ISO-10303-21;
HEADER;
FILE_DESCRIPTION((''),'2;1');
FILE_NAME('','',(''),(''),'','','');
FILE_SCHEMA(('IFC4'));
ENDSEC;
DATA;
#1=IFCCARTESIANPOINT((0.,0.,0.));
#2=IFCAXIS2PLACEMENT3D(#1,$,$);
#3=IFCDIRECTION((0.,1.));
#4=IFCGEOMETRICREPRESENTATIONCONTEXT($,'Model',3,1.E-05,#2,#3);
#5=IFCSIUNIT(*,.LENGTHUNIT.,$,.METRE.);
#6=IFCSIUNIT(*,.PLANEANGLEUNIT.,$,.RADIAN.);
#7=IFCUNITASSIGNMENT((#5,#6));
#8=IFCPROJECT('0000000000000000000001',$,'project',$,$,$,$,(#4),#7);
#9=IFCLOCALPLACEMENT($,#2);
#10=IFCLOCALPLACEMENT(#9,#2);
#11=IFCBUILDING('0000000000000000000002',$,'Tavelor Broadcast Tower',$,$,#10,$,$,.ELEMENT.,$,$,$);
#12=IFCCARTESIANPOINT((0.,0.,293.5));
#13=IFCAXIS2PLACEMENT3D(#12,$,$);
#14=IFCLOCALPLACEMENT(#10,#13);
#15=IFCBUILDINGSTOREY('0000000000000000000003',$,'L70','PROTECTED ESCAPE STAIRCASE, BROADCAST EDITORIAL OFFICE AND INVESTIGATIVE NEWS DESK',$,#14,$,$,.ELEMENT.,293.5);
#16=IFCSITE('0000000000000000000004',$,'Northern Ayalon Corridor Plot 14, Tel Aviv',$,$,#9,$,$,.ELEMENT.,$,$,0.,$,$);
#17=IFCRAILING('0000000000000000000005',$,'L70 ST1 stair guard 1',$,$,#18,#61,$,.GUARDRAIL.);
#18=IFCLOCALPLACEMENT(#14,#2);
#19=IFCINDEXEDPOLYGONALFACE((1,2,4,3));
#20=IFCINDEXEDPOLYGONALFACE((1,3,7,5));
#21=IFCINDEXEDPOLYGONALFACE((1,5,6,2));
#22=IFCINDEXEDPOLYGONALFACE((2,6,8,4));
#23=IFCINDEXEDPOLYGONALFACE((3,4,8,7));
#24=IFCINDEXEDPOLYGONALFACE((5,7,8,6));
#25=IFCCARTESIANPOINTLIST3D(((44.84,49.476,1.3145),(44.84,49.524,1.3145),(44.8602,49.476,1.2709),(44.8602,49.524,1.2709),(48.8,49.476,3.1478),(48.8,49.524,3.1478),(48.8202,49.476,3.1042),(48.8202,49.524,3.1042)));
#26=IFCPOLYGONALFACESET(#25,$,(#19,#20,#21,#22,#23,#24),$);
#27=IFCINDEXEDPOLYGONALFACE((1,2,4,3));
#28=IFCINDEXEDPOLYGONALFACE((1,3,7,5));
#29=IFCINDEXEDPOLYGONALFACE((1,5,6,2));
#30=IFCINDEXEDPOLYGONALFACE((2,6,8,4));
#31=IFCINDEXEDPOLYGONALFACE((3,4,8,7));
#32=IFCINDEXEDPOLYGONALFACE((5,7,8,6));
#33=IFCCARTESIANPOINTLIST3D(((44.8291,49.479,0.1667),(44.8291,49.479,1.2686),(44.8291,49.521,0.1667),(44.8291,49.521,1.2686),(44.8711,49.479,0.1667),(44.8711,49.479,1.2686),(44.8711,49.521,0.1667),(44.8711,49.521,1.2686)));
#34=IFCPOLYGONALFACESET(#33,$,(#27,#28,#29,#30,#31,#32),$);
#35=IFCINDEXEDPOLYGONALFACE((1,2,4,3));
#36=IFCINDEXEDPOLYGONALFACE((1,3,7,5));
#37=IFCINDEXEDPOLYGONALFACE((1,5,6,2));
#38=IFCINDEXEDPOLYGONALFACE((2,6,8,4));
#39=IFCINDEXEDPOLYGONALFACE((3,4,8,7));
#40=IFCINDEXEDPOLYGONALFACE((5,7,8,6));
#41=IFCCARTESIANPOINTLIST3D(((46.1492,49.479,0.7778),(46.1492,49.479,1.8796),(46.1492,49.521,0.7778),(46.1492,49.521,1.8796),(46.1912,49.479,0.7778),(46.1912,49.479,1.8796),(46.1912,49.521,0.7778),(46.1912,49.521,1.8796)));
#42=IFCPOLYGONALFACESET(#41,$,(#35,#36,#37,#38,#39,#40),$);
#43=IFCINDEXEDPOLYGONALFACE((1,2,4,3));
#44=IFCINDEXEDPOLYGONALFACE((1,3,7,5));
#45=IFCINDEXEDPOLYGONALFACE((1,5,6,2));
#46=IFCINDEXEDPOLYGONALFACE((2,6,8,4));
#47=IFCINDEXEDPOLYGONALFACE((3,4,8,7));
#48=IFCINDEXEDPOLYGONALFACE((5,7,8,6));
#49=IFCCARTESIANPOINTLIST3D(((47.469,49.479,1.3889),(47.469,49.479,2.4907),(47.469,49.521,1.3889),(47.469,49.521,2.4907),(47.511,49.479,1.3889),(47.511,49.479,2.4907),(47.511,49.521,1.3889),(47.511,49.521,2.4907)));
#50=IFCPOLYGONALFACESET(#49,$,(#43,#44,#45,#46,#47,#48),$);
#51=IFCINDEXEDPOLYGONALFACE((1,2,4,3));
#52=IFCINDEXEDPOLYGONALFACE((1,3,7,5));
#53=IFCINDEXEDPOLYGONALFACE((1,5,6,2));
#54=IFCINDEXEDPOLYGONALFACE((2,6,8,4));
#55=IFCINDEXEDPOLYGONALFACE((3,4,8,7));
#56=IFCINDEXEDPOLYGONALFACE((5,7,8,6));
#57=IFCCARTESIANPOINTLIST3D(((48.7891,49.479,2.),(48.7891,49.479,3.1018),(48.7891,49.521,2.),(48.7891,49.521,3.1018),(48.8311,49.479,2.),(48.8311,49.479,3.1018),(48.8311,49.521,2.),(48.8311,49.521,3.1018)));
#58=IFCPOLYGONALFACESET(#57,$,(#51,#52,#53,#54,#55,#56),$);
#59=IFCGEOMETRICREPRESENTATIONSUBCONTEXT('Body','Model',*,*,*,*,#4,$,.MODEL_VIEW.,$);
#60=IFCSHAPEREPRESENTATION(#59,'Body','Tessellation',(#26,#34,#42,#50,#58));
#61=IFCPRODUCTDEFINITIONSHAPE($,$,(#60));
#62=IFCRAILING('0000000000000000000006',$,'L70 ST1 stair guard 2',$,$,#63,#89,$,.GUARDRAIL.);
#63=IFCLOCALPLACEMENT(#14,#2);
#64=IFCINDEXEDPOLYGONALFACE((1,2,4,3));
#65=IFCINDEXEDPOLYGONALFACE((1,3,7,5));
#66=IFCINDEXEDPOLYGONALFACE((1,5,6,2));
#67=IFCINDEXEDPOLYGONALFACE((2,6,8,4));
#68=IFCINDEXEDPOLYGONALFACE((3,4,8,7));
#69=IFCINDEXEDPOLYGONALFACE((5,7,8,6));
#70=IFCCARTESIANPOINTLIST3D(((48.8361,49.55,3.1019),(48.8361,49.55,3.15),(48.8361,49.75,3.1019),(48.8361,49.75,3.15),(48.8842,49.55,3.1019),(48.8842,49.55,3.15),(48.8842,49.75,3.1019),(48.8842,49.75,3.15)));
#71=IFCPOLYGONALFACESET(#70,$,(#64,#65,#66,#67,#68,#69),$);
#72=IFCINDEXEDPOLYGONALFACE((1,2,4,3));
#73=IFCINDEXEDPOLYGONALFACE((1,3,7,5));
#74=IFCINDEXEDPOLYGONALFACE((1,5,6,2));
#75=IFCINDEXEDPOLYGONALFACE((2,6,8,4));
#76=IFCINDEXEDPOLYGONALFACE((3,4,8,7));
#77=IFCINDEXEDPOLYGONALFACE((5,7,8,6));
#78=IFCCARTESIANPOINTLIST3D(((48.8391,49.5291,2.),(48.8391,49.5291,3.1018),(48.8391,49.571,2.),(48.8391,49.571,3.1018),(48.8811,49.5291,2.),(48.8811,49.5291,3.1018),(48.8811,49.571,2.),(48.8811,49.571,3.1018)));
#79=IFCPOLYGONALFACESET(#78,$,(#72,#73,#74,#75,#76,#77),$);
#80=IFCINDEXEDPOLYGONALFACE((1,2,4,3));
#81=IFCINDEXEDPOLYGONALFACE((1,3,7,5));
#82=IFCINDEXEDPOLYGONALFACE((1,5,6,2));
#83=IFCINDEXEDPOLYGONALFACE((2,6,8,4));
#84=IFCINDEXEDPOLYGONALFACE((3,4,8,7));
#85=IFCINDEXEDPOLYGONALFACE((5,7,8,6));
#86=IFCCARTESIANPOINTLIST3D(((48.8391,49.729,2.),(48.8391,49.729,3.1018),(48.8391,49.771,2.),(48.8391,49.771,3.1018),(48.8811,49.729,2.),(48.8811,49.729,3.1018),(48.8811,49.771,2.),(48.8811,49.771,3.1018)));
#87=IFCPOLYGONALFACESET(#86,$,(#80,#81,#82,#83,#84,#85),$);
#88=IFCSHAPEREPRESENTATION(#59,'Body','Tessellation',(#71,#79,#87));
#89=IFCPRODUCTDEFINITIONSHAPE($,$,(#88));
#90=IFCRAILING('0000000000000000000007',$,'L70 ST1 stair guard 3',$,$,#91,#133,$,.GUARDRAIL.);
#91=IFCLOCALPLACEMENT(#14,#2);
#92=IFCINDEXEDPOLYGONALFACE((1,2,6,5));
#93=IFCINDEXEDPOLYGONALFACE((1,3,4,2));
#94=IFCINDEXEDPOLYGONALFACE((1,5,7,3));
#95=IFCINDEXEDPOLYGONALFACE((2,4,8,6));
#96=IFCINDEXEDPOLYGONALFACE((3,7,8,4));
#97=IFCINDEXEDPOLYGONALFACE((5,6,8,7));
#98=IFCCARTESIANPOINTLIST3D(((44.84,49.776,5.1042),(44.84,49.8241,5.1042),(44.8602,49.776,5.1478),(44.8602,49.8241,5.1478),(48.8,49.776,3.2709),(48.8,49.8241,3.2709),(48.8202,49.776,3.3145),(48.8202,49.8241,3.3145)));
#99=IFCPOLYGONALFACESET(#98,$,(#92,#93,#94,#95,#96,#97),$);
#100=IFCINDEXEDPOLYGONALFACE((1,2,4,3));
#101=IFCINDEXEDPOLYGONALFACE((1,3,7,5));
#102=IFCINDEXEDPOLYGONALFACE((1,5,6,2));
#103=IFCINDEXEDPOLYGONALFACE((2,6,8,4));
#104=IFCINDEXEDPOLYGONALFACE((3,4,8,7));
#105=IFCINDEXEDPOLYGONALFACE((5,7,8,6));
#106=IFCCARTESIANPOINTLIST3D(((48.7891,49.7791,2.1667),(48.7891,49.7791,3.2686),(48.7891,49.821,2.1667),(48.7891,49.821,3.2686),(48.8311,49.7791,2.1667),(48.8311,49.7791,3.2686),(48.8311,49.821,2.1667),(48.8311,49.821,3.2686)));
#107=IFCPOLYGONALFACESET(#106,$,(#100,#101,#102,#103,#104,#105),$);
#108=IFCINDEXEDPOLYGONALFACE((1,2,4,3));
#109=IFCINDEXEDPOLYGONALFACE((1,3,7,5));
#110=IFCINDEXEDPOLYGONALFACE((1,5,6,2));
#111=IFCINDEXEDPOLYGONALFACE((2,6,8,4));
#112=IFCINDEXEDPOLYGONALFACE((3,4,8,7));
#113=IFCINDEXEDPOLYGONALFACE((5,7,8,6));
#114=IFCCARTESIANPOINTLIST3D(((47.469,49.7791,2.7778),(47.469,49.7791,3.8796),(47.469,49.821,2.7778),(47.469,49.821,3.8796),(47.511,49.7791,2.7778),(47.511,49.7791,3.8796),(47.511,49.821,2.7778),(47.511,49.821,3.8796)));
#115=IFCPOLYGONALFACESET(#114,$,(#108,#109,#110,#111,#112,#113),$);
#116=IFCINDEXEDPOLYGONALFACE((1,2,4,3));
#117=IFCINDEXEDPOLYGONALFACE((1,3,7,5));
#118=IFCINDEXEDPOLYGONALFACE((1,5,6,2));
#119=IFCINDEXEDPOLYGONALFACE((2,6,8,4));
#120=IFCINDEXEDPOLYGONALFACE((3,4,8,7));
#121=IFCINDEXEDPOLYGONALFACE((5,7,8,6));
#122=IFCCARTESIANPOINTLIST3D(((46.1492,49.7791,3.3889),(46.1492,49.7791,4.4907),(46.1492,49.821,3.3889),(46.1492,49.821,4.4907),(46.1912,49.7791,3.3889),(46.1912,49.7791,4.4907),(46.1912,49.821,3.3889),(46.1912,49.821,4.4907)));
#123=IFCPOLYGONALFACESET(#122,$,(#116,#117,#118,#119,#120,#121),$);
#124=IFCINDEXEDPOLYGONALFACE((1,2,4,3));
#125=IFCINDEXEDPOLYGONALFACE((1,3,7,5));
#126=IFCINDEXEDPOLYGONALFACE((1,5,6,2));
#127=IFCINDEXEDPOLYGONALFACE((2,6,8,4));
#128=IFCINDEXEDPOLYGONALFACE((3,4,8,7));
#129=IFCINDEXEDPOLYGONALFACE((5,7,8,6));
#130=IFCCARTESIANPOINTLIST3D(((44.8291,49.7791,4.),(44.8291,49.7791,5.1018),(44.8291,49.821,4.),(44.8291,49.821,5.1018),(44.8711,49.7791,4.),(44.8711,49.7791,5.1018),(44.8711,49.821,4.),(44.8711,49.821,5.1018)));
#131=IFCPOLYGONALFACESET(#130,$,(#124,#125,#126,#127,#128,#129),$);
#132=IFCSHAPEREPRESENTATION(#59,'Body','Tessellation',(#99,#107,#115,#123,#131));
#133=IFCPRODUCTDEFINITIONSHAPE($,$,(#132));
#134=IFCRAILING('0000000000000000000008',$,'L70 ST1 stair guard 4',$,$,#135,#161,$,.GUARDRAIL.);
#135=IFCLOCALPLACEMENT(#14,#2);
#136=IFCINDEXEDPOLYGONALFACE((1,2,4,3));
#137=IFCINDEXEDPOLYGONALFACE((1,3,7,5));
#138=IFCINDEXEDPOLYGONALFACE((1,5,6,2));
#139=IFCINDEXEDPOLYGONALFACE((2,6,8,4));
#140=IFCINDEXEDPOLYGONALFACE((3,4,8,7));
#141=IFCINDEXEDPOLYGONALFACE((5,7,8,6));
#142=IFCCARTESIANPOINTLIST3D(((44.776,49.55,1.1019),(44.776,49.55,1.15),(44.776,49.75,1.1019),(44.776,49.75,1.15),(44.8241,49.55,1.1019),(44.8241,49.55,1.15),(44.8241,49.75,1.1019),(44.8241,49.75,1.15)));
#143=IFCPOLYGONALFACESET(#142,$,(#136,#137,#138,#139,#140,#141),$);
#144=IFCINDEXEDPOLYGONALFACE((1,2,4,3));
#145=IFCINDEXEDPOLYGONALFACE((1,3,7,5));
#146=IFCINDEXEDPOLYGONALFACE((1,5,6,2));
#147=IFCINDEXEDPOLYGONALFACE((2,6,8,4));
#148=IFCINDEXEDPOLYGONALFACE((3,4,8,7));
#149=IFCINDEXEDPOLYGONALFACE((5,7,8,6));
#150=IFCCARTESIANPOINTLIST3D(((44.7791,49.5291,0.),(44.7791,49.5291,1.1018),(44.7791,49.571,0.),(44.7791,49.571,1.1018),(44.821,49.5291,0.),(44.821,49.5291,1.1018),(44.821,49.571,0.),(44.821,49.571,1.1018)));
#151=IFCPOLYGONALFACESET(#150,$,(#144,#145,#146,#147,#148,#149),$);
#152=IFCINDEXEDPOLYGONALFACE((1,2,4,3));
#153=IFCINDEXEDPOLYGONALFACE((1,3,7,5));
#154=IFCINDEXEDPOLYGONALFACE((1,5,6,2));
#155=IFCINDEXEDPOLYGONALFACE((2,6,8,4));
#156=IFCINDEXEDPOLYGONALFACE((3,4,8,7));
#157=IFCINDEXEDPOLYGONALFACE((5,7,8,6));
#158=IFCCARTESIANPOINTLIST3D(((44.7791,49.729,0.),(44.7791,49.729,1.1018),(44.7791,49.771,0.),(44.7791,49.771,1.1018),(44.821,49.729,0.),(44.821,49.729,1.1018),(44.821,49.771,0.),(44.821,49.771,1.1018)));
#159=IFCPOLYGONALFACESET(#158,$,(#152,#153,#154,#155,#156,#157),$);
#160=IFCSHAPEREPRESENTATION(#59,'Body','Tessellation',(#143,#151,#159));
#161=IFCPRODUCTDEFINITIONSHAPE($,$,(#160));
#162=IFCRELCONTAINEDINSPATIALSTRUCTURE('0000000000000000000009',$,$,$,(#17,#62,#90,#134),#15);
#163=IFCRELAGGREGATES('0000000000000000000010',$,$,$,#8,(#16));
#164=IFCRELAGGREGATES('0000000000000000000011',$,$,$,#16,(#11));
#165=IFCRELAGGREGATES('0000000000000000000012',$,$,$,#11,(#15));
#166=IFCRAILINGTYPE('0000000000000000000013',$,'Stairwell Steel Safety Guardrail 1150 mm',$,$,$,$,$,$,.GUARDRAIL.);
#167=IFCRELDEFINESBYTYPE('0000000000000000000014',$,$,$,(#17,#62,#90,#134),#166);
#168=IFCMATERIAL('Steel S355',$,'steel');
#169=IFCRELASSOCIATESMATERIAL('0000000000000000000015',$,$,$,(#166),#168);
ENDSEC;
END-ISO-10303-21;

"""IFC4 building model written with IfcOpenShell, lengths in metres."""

from ifc_helpers import new_model, si_unit, direction, frame, origin, origin_2d, place, context, subcontext, project, spatial, rectangle, extrude, material, type_object, element, save


model = new_model("IFC4")

# Units and contexts
model_context = context("Model", 3, precision=1e-05, world=origin(), true_north=direction((0.0, 1.0)))
body_context = subcontext(model_context, "Body", "Model", "MODEL_VIEW")
ifc_project = project(units=[si_unit("LENGTHUNIT", "METRE"), si_unit("PLANEANGLEUNIT", "RADIAN")], contexts=[model_context])

# Site, building, storey
site_placement = place(None, origin())
site = spatial("IfcSite", under=ifc_project, at=site_placement, Name="Northern Ayalon Corridor Plot 14, Tel Aviv", CompositionType="ELEMENT", RefElevation=0.0)
building_placement = place(site_placement, origin())
building = spatial("IfcBuilding", under=site, at=building_placement, Name="Tavelor Broadcast Tower", CompositionType="ELEMENT")
storey_placement = place(building_placement, frame((0.0, 0.0, 293.5)))
storey = spatial("IfcBuildingStorey", under=building, at=storey_placement, Name="L70", Description="PROTECTED ESCAPE STAIRCASE, BROADCAST EDITORIAL OFFICE AND INVESTIGATIVE NEWS DESK", CompositionType="ELEMENT", Elevation=293.5)

# Shared definitions
ifc_material_1 = material(Name="Steel S355", Category="steel")

# Railings
railing_type_1 = type_object("IfcRailingType", Name="Stairwell Steel Safety Guardrail 1150 mm", PredefinedType="GUARDRAIL", material=ifc_material_1)
railing_1_placement = place(storey_placement, frame((44.8501, 49.5, 0.1667)))
element("IfcRailing", 1, at=railing_1_placement, inside=storey, type_object=railing_type_1, Name="L70 ST1 stair guard 1", PredefinedType="GUARDRAIL", context=body_context, shape_type="SweptSolid", body=[
    extrude(rectangle(XDim=0.0481, YDim=0.0481, at=origin_2d()), frame((0.0, 0.0, 1.126), z_axis=(0.907472, 0.0, 0.420112), x_axis=(0.0, 1.0, 0.0)), (0.0, 0.0, 1.0), 4.3638),
    extrude(rectangle(XDim=0.042, YDim=0.042, at=origin_2d()), origin(), (0.0, 0.0, 1.0), 1.1018),
    extrude(rectangle(XDim=0.042, YDim=0.042, at=origin_2d()), frame((1.3201, 0.0, 0.6111)), (0.0, 0.0, 1.0), 1.1018),
    extrude(rectangle(XDim=0.042, YDim=0.042, at=origin_2d()), frame((2.6399, 0.0, 1.2222)), (0.0, 0.0, 1.0), 1.1018),
    extrude(rectangle(XDim=0.042, YDim=0.042, at=origin_2d()), frame((3.96, 0.0, 1.8333)), (0.0, 0.0, 1.0), 1.1018),
])
railing_2_placement = place(storey_placement, frame((48.8601, 49.55, 2.0)))
element("IfcRailing", 2, at=railing_2_placement, inside=storey, type_object=railing_type_1, Name="L70 ST1 stair guard 2", PredefinedType="GUARDRAIL", context=body_context, shape_type="SweptSolid", body=[
    extrude(rectangle(XDim=0.0481, YDim=0.0481, at=origin_2d()), frame((0.0, 0.0, 1.126), z_axis=(0.0, 1.0, 0.0), x_axis=(-1.0, 0.0, 0.0)), (0.0, 0.0, 1.0), 0.2),
    extrude(rectangle(XDim=0.042, YDim=0.042, at=origin_2d()), origin(), (0.0, 0.0, 1.0), 1.1018),
    extrude(rectangle(XDim=0.042, YDim=0.042, at=origin_2d()), frame((0.0, 0.2, 0.0)), (0.0, 0.0, 1.0), 1.1018),
])
railing_3_placement = place(storey_placement, frame((48.8101, 49.8, 2.1667)))
element("IfcRailing", 3, at=railing_3_placement, inside=storey, type_object=railing_type_1, Name="L70 ST1 stair guard 3", PredefinedType="GUARDRAIL", context=body_context, shape_type="SweptSolid", body=[
    extrude(rectangle(XDim=0.0481, YDim=0.0481, at=origin_2d()), frame((0.0, 0.0, 1.126), z_axis=(-0.907472, 0.0, 0.420112), x_axis=(0.0, -1.0, 0.0)), (0.0, 0.0, 1.0), 4.3638),
    extrude(rectangle(XDim=0.042, YDim=0.042, at=origin_2d()), origin(), (0.0, 0.0, 1.0), 1.1018),
    extrude(rectangle(XDim=0.042, YDim=0.042, at=origin_2d()), frame((-1.3201, 0.0, 0.6111)), (0.0, 0.0, 1.0), 1.1018),
    extrude(rectangle(XDim=0.042, YDim=0.042, at=origin_2d()), frame((-2.6399, 0.0, 1.2222)), (0.0, 0.0, 1.0), 1.1018),
    extrude(rectangle(XDim=0.042, YDim=0.042, at=origin_2d()), frame((-3.96, 0.0, 1.8333)), (0.0, 0.0, 1.0), 1.1018),
])
railing_4_placement = place(storey_placement, frame((44.8, 49.55, 0.0)))
element("IfcRailing", 4, at=railing_4_placement, inside=storey, type_object=railing_type_1, Name="L70 ST1 stair guard 4", PredefinedType="GUARDRAIL", context=body_context, shape_type="SweptSolid", body=[
    extrude(rectangle(XDim=0.0481, YDim=0.0481, at=origin_2d()), frame((0.0, 0.0, 1.126), z_axis=(0.0, 1.0, 0.0), x_axis=(-1.0, 0.0, 0.0)), (0.0, 0.0, 1.0), 0.2),
    extrude(rectangle(XDim=0.042, YDim=0.042, at=origin_2d()), origin(), (0.0, 0.0, 1.0), 1.1018),
    extrude(rectangle(XDim=0.042, YDim=0.042, at=origin_2d()), frame((0.0, 0.2, 0.0)), (0.0, 0.0, 1.0), 1.1018),
])

save(model, "model.ifc")
